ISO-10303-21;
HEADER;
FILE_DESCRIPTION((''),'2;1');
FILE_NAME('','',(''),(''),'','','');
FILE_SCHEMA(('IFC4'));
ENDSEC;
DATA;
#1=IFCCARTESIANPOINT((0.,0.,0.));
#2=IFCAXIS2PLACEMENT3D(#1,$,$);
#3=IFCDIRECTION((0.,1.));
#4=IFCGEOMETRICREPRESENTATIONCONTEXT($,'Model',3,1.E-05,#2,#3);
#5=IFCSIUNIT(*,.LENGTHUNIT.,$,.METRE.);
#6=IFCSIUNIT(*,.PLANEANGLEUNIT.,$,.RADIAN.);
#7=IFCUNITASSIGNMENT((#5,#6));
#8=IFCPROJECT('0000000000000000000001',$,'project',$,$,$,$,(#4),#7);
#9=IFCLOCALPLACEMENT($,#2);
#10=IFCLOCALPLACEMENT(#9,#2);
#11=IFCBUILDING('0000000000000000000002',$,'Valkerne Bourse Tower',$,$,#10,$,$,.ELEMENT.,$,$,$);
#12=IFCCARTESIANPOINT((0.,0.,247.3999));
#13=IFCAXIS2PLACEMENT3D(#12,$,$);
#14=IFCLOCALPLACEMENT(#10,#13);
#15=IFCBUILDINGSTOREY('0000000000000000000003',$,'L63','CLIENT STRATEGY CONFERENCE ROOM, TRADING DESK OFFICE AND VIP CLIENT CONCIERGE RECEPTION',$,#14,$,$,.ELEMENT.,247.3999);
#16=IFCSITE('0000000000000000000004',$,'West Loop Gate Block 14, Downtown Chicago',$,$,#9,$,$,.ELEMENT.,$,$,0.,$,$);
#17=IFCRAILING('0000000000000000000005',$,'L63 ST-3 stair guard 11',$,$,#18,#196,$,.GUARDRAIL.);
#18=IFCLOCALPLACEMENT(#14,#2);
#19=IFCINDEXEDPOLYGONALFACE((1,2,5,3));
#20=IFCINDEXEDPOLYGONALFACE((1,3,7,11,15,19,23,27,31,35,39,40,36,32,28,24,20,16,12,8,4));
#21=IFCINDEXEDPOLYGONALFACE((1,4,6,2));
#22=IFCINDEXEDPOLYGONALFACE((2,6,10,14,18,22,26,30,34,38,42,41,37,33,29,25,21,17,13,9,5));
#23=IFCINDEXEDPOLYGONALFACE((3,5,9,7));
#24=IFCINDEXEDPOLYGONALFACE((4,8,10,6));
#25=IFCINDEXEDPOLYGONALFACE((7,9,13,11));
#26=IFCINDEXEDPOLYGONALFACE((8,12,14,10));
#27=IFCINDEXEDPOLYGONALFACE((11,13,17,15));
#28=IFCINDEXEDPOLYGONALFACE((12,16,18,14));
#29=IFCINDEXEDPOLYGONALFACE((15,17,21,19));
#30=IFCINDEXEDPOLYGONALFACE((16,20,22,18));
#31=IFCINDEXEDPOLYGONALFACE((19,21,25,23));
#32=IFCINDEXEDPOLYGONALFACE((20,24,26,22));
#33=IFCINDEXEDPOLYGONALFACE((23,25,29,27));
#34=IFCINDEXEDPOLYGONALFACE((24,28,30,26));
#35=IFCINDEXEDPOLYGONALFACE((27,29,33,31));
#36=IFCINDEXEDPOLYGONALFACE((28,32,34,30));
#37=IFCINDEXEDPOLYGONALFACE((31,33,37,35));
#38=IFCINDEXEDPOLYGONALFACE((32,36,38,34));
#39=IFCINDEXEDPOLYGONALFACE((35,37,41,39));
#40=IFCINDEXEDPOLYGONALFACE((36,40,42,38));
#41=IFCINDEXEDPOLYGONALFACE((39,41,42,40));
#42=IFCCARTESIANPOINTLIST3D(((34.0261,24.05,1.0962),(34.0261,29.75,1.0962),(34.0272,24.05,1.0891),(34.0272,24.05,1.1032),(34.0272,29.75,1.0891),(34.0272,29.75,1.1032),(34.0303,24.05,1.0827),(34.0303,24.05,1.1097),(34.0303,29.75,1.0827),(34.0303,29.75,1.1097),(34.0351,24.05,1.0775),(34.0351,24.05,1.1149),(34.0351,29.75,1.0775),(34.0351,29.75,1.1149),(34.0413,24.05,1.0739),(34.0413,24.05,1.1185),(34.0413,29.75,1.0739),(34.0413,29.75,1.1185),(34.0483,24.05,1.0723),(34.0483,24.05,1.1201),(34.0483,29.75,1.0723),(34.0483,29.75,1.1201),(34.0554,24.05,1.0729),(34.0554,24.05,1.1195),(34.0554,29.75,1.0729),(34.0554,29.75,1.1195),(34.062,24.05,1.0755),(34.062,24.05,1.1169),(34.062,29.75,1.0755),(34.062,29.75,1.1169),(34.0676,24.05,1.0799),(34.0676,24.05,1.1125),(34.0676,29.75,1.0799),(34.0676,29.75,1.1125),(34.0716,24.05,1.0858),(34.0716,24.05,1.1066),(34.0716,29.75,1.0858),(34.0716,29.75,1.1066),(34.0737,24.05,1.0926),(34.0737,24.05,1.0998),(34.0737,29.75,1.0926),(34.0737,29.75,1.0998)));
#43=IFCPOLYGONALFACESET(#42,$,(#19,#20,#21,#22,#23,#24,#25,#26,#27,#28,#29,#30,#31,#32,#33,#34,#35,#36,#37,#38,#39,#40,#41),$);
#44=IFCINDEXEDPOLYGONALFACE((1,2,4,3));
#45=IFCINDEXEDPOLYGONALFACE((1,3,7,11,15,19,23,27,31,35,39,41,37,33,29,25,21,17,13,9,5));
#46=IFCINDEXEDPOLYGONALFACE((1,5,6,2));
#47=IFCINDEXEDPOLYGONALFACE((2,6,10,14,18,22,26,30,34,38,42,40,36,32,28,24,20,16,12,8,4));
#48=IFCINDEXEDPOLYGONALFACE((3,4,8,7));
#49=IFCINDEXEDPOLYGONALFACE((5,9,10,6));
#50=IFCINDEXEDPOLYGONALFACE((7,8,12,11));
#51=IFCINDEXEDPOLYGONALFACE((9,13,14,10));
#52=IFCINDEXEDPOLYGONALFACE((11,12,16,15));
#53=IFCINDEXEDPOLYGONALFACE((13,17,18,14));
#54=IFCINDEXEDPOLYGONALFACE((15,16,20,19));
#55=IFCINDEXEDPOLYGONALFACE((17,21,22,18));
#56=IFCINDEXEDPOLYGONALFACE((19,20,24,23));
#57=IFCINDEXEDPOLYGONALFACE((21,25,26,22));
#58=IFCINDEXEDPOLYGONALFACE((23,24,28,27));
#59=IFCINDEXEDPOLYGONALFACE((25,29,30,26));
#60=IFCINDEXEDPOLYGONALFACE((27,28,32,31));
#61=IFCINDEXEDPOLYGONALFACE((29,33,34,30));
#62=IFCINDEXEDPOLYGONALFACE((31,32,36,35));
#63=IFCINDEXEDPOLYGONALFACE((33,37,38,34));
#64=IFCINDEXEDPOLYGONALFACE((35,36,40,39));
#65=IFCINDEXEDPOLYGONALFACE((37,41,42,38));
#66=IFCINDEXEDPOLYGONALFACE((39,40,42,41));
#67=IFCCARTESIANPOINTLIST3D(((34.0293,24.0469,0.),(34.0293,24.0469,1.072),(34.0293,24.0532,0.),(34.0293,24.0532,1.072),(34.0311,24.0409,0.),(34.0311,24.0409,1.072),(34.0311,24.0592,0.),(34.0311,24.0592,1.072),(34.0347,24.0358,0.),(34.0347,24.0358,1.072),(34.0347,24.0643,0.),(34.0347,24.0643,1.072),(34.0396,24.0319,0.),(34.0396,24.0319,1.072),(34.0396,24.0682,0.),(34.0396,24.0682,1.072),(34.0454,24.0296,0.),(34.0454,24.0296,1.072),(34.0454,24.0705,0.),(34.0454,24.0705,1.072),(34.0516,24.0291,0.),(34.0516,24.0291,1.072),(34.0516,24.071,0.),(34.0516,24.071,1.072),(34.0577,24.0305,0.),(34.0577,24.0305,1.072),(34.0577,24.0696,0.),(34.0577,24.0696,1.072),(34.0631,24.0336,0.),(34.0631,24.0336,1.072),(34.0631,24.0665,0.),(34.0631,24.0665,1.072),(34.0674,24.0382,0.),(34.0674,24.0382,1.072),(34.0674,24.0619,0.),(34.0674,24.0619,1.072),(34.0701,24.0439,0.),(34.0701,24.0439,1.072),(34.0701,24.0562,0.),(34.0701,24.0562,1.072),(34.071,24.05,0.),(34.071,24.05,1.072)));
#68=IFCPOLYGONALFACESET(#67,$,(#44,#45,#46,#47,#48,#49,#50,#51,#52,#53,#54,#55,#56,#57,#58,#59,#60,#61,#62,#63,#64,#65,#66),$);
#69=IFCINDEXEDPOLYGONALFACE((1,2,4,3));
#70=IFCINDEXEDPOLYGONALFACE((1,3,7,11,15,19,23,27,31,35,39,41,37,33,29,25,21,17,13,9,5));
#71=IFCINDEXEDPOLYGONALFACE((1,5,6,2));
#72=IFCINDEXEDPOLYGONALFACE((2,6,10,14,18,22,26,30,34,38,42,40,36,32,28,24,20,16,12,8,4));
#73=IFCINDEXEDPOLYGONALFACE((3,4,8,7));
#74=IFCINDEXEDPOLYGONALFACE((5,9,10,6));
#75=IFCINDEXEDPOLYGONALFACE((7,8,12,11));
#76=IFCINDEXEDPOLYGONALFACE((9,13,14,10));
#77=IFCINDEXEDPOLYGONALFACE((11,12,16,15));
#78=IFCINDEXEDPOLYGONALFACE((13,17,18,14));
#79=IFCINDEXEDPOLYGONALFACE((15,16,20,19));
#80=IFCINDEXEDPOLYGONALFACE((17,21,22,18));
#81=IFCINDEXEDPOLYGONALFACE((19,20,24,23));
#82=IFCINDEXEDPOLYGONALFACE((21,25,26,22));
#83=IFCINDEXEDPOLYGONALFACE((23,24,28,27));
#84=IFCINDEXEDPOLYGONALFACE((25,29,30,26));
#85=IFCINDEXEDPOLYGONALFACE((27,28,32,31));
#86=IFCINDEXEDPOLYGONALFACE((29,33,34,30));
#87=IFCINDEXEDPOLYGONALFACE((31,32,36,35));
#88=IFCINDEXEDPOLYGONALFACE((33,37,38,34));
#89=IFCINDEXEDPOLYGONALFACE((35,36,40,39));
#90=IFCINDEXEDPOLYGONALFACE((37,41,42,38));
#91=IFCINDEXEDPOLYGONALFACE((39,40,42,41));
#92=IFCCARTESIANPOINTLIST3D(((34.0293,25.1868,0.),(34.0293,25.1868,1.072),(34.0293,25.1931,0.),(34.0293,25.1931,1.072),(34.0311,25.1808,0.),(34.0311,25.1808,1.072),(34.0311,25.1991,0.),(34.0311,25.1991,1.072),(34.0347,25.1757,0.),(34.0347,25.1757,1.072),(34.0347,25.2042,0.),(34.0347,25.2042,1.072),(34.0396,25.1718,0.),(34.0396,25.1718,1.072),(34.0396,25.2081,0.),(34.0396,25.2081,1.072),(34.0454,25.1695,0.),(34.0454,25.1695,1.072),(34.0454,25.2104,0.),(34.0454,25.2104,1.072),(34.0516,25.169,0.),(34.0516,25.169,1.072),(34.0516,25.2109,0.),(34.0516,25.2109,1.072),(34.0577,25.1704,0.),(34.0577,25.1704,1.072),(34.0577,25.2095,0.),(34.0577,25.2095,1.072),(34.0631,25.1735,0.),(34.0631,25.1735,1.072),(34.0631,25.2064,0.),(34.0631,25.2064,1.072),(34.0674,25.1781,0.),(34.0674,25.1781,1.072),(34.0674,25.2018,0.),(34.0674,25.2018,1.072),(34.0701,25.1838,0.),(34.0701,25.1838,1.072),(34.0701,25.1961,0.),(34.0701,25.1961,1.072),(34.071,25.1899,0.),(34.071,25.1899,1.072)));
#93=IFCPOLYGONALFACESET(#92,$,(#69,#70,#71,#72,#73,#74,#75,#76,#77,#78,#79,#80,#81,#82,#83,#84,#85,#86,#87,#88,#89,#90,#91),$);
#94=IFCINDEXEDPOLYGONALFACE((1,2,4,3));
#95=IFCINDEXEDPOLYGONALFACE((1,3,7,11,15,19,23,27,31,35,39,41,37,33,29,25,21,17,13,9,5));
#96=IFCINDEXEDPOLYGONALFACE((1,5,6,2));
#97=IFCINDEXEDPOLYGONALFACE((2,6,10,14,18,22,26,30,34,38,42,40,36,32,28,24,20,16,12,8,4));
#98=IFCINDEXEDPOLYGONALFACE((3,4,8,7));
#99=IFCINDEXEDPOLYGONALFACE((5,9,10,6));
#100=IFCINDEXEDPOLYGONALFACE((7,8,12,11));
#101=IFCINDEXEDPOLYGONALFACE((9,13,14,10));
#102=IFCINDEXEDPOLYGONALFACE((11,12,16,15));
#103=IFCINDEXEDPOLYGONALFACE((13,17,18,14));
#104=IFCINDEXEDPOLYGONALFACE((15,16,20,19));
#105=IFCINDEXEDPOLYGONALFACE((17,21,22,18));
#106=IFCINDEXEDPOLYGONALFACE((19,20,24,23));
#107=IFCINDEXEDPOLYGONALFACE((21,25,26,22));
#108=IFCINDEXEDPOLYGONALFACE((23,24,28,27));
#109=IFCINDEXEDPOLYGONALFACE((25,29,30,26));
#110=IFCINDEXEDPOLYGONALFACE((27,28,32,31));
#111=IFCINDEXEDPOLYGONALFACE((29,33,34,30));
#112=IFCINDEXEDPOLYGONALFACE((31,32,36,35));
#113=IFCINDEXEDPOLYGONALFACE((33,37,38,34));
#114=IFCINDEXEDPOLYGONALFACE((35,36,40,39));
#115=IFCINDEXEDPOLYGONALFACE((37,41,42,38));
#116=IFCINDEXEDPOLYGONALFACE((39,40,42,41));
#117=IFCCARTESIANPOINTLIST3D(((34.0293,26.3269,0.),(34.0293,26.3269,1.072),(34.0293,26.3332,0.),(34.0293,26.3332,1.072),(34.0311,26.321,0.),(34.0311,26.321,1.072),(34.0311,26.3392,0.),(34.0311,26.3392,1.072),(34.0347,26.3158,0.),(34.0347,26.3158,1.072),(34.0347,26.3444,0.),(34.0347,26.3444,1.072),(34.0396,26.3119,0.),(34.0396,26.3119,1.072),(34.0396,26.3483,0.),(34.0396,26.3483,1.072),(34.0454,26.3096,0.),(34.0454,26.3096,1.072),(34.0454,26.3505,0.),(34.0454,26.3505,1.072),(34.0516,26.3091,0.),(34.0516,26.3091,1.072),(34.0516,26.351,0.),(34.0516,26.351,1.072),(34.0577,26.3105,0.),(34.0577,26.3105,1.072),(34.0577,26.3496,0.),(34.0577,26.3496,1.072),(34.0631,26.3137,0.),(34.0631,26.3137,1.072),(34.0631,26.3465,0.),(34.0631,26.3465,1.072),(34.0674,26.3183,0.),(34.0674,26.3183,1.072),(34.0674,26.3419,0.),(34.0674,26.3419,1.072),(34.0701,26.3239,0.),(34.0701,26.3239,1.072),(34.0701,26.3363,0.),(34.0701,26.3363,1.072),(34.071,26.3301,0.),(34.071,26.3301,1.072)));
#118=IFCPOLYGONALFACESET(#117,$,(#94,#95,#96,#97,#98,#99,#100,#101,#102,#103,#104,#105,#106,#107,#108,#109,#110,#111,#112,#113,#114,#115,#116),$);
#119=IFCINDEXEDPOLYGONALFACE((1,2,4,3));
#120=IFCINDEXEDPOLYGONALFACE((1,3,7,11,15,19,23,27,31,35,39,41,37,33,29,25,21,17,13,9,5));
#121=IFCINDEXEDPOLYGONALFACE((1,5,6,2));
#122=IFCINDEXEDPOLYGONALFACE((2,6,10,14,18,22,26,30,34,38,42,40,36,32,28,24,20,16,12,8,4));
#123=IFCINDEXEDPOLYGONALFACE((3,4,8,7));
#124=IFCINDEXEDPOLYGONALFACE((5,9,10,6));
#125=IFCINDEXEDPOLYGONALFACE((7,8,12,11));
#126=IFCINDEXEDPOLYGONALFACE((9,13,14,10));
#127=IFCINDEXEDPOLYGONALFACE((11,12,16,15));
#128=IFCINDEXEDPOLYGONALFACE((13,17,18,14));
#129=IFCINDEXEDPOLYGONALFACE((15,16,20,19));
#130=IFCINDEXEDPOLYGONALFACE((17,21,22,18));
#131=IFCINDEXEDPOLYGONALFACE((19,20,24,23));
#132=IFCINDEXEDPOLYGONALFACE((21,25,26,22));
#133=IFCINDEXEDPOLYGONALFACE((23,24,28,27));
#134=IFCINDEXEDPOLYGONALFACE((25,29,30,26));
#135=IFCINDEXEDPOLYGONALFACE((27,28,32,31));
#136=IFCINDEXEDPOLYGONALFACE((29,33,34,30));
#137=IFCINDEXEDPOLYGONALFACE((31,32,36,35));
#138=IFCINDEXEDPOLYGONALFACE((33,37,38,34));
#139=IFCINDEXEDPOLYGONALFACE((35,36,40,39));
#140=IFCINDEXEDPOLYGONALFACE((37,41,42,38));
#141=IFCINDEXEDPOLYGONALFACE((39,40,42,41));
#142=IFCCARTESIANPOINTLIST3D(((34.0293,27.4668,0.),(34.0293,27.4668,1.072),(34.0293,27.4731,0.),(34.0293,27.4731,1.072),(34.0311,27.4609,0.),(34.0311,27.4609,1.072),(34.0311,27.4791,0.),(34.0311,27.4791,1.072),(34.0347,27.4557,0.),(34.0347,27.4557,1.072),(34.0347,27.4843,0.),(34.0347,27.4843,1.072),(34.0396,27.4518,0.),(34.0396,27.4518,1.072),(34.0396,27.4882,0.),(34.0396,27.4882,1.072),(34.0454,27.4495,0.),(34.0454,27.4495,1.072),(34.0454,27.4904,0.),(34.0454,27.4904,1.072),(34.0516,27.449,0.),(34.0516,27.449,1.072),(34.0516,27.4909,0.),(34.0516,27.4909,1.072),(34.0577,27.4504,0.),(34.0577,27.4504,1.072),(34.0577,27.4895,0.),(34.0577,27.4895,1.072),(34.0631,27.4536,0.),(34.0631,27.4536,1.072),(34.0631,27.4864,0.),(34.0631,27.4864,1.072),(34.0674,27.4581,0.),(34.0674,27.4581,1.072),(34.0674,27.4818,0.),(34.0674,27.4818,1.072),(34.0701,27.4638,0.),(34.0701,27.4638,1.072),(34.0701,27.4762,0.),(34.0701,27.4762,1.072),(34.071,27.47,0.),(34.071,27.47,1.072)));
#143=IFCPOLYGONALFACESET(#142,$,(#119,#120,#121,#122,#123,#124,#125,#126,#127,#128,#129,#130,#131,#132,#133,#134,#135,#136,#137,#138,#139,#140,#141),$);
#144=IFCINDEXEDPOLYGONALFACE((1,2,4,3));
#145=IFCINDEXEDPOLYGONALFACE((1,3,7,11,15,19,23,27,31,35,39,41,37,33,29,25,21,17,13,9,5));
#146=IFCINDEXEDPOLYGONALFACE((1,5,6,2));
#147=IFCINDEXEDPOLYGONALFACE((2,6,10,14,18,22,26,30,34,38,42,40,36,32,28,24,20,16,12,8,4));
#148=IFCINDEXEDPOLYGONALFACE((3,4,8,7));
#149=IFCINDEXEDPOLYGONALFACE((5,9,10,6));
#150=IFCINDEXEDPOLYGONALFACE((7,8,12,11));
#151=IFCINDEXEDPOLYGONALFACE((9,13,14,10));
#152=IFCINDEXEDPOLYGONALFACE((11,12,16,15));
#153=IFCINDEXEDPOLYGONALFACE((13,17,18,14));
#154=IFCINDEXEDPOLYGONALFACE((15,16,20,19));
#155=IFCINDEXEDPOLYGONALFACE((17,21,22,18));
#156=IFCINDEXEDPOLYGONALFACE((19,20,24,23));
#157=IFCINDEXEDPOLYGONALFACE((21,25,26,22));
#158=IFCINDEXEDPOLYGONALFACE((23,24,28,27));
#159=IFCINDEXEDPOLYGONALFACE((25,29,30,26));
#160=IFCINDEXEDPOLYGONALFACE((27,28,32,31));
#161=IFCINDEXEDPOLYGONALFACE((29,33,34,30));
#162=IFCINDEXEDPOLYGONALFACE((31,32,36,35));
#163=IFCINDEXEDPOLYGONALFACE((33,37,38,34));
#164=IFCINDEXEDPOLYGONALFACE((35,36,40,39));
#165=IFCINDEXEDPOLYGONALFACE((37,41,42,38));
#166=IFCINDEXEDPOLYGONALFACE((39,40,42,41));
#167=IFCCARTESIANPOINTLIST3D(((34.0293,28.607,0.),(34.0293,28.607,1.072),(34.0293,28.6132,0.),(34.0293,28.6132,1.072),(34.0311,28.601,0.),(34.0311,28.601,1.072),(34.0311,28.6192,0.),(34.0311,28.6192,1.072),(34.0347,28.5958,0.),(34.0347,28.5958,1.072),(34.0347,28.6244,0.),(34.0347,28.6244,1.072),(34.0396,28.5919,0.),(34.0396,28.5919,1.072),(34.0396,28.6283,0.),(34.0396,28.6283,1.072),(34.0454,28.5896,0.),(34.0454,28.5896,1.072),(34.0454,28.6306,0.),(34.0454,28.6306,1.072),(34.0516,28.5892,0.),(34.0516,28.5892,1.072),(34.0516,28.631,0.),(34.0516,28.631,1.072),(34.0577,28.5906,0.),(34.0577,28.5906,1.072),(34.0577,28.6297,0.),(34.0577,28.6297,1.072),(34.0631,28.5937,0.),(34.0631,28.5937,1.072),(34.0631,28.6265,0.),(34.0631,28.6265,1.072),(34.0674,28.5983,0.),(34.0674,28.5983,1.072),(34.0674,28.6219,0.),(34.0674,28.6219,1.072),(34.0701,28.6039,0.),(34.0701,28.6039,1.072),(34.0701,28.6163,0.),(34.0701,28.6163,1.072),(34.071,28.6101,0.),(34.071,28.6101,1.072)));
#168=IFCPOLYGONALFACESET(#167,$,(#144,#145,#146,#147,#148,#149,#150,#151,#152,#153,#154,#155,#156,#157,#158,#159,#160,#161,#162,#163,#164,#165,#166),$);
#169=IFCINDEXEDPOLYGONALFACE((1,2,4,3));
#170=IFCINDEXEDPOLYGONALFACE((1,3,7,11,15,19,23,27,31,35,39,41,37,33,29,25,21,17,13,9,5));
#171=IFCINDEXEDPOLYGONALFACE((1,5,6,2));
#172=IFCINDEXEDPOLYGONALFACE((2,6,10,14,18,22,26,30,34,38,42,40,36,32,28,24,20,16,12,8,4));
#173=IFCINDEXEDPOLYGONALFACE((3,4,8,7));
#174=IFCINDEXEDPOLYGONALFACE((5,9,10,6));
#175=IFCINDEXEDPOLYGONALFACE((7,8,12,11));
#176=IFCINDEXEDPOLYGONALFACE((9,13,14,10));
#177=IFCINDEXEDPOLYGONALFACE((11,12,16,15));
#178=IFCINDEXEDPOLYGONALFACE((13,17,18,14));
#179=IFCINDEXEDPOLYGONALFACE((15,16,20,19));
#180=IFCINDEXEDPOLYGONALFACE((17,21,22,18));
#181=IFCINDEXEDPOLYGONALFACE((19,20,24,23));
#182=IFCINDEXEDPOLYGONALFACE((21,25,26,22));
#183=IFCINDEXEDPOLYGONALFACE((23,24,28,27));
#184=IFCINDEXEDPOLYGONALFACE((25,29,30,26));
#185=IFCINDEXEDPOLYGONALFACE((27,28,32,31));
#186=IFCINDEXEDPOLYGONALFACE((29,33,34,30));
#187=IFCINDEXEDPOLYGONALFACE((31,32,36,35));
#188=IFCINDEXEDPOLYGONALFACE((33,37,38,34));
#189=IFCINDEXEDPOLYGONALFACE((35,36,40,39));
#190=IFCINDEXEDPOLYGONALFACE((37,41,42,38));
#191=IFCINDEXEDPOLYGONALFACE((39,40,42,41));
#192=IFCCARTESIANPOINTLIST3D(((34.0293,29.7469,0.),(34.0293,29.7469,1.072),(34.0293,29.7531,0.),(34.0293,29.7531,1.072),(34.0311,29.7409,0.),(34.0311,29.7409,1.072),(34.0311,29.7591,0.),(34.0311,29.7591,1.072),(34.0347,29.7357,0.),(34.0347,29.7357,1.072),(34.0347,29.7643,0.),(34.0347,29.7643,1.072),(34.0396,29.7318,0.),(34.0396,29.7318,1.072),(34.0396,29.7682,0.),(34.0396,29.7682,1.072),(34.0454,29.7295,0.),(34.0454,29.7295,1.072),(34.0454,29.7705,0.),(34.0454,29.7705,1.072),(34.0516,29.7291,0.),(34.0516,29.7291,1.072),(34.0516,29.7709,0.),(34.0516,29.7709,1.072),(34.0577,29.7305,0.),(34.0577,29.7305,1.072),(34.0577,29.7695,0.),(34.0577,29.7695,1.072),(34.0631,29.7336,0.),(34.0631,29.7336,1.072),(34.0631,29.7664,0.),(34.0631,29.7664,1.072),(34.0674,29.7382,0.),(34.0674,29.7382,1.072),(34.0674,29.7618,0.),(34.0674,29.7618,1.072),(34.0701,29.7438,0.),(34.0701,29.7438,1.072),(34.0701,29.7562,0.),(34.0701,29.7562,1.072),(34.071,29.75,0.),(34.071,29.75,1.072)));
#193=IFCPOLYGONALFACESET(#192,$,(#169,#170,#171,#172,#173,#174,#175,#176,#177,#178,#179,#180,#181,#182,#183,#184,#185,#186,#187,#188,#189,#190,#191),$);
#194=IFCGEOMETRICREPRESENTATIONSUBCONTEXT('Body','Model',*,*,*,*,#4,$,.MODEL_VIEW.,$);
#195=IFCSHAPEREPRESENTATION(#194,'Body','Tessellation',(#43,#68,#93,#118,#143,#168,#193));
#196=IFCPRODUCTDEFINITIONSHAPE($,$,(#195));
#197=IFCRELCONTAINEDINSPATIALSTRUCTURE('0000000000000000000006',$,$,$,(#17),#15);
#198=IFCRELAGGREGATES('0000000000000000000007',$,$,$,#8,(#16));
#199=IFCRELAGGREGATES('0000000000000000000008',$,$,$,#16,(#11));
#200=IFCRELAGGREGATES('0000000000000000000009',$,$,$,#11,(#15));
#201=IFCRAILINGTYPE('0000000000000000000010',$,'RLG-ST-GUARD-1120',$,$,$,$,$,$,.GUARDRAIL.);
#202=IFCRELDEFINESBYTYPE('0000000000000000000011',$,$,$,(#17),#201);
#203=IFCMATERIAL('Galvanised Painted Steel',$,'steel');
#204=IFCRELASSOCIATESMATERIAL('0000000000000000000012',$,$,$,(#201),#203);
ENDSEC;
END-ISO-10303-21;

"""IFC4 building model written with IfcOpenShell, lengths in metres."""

from ifc_helpers import new_model, si_unit, direction, frame, origin, origin_2d, place, context, subcontext, project, spatial, circle, extrude, material, type_object, element, save


model = new_model("IFC4")

# Units and contexts
model_context = context("Model", 3, precision=1e-05, world=origin(), true_north=direction((0.0, 1.0)))
body_context = subcontext(model_context, "Body", "Model", "MODEL_VIEW")
ifc_project = project(units=[si_unit("LENGTHUNIT", "METRE"), si_unit("PLANEANGLEUNIT", "RADIAN")], contexts=[model_context])

# Site, building, storey
site_placement = place(None, origin())
site = spatial("IfcSite", under=ifc_project, at=site_placement, Name="West Loop Gate Block 14, Downtown Chicago", CompositionType="ELEMENT", RefElevation=0.0)
building_placement = place(site_placement, origin())
building = spatial("IfcBuilding", under=site, at=building_placement, Name="Valkerne Bourse Tower", CompositionType="ELEMENT")
storey_placement = place(building_placement, frame((0.0, 0.0, 247.3999)))
storey = spatial("IfcBuildingStorey", under=building, at=storey_placement, Name="L63", Description="CLIENT STRATEGY CONFERENCE ROOM, TRADING DESK OFFICE AND VIP CLIENT CONCIERGE RECEPTION", CompositionType="ELEMENT", Elevation=247.3999)

# Shared definitions
ifc_material_1 = material(Name="Galvanised Painted Steel", Category="steel")

# Railing
railing_type_1 = type_object("IfcRailingType", Name="RLG-ST-GUARD-1120", PredefinedType="GUARDRAIL", material=ifc_material_1)
railing_1_placement = place(storey_placement, frame((34.05, 24.05, 0.0)))
element("IfcRailing", 1, at=railing_1_placement, inside=storey, type_object=railing_type_1, Name="L63 ST-3 stair guard 11", PredefinedType="GUARDRAIL", context=body_context, shape_type="SweptSolid", body=[
    extrude(circle(Radius=0.0239, at=origin_2d()), frame((0.0, 0.0, 1.0962), z_axis=(0.0, 1.0, 0.0), x_axis=(-1.0, 0.0, 0.0)), (0.0, 0.0, 1.0), 5.7),
    extrude(circle(Radius=0.021, at=origin_2d()), origin(), (0.0, 0.0, 1.0), 1.072),
    extrude(circle(Radius=0.021, at=origin_2d()), frame((0.0, 1.1399, 0.0)), (0.0, 0.0, 1.0), 1.072),
    extrude(circle(Radius=0.021, at=origin_2d()), frame((0.0, 2.28, 0.0)), (0.0, 0.0, 1.0), 1.072),
    extrude(circle(Radius=0.021, at=origin_2d()), frame((0.0, 3.4199, 0.0)), (0.0, 0.0, 1.0), 1.072),
    extrude(circle(Radius=0.021, at=origin_2d()), frame((0.0, 4.5601, 0.0)), (0.0, 0.0, 1.0), 1.072),
    extrude(circle(Radius=0.021, at=origin_2d()), frame((0.0, 5.7, 0.0)), (0.0, 0.0, 1.0), 1.072),
])

save(model, "model.ifc")
